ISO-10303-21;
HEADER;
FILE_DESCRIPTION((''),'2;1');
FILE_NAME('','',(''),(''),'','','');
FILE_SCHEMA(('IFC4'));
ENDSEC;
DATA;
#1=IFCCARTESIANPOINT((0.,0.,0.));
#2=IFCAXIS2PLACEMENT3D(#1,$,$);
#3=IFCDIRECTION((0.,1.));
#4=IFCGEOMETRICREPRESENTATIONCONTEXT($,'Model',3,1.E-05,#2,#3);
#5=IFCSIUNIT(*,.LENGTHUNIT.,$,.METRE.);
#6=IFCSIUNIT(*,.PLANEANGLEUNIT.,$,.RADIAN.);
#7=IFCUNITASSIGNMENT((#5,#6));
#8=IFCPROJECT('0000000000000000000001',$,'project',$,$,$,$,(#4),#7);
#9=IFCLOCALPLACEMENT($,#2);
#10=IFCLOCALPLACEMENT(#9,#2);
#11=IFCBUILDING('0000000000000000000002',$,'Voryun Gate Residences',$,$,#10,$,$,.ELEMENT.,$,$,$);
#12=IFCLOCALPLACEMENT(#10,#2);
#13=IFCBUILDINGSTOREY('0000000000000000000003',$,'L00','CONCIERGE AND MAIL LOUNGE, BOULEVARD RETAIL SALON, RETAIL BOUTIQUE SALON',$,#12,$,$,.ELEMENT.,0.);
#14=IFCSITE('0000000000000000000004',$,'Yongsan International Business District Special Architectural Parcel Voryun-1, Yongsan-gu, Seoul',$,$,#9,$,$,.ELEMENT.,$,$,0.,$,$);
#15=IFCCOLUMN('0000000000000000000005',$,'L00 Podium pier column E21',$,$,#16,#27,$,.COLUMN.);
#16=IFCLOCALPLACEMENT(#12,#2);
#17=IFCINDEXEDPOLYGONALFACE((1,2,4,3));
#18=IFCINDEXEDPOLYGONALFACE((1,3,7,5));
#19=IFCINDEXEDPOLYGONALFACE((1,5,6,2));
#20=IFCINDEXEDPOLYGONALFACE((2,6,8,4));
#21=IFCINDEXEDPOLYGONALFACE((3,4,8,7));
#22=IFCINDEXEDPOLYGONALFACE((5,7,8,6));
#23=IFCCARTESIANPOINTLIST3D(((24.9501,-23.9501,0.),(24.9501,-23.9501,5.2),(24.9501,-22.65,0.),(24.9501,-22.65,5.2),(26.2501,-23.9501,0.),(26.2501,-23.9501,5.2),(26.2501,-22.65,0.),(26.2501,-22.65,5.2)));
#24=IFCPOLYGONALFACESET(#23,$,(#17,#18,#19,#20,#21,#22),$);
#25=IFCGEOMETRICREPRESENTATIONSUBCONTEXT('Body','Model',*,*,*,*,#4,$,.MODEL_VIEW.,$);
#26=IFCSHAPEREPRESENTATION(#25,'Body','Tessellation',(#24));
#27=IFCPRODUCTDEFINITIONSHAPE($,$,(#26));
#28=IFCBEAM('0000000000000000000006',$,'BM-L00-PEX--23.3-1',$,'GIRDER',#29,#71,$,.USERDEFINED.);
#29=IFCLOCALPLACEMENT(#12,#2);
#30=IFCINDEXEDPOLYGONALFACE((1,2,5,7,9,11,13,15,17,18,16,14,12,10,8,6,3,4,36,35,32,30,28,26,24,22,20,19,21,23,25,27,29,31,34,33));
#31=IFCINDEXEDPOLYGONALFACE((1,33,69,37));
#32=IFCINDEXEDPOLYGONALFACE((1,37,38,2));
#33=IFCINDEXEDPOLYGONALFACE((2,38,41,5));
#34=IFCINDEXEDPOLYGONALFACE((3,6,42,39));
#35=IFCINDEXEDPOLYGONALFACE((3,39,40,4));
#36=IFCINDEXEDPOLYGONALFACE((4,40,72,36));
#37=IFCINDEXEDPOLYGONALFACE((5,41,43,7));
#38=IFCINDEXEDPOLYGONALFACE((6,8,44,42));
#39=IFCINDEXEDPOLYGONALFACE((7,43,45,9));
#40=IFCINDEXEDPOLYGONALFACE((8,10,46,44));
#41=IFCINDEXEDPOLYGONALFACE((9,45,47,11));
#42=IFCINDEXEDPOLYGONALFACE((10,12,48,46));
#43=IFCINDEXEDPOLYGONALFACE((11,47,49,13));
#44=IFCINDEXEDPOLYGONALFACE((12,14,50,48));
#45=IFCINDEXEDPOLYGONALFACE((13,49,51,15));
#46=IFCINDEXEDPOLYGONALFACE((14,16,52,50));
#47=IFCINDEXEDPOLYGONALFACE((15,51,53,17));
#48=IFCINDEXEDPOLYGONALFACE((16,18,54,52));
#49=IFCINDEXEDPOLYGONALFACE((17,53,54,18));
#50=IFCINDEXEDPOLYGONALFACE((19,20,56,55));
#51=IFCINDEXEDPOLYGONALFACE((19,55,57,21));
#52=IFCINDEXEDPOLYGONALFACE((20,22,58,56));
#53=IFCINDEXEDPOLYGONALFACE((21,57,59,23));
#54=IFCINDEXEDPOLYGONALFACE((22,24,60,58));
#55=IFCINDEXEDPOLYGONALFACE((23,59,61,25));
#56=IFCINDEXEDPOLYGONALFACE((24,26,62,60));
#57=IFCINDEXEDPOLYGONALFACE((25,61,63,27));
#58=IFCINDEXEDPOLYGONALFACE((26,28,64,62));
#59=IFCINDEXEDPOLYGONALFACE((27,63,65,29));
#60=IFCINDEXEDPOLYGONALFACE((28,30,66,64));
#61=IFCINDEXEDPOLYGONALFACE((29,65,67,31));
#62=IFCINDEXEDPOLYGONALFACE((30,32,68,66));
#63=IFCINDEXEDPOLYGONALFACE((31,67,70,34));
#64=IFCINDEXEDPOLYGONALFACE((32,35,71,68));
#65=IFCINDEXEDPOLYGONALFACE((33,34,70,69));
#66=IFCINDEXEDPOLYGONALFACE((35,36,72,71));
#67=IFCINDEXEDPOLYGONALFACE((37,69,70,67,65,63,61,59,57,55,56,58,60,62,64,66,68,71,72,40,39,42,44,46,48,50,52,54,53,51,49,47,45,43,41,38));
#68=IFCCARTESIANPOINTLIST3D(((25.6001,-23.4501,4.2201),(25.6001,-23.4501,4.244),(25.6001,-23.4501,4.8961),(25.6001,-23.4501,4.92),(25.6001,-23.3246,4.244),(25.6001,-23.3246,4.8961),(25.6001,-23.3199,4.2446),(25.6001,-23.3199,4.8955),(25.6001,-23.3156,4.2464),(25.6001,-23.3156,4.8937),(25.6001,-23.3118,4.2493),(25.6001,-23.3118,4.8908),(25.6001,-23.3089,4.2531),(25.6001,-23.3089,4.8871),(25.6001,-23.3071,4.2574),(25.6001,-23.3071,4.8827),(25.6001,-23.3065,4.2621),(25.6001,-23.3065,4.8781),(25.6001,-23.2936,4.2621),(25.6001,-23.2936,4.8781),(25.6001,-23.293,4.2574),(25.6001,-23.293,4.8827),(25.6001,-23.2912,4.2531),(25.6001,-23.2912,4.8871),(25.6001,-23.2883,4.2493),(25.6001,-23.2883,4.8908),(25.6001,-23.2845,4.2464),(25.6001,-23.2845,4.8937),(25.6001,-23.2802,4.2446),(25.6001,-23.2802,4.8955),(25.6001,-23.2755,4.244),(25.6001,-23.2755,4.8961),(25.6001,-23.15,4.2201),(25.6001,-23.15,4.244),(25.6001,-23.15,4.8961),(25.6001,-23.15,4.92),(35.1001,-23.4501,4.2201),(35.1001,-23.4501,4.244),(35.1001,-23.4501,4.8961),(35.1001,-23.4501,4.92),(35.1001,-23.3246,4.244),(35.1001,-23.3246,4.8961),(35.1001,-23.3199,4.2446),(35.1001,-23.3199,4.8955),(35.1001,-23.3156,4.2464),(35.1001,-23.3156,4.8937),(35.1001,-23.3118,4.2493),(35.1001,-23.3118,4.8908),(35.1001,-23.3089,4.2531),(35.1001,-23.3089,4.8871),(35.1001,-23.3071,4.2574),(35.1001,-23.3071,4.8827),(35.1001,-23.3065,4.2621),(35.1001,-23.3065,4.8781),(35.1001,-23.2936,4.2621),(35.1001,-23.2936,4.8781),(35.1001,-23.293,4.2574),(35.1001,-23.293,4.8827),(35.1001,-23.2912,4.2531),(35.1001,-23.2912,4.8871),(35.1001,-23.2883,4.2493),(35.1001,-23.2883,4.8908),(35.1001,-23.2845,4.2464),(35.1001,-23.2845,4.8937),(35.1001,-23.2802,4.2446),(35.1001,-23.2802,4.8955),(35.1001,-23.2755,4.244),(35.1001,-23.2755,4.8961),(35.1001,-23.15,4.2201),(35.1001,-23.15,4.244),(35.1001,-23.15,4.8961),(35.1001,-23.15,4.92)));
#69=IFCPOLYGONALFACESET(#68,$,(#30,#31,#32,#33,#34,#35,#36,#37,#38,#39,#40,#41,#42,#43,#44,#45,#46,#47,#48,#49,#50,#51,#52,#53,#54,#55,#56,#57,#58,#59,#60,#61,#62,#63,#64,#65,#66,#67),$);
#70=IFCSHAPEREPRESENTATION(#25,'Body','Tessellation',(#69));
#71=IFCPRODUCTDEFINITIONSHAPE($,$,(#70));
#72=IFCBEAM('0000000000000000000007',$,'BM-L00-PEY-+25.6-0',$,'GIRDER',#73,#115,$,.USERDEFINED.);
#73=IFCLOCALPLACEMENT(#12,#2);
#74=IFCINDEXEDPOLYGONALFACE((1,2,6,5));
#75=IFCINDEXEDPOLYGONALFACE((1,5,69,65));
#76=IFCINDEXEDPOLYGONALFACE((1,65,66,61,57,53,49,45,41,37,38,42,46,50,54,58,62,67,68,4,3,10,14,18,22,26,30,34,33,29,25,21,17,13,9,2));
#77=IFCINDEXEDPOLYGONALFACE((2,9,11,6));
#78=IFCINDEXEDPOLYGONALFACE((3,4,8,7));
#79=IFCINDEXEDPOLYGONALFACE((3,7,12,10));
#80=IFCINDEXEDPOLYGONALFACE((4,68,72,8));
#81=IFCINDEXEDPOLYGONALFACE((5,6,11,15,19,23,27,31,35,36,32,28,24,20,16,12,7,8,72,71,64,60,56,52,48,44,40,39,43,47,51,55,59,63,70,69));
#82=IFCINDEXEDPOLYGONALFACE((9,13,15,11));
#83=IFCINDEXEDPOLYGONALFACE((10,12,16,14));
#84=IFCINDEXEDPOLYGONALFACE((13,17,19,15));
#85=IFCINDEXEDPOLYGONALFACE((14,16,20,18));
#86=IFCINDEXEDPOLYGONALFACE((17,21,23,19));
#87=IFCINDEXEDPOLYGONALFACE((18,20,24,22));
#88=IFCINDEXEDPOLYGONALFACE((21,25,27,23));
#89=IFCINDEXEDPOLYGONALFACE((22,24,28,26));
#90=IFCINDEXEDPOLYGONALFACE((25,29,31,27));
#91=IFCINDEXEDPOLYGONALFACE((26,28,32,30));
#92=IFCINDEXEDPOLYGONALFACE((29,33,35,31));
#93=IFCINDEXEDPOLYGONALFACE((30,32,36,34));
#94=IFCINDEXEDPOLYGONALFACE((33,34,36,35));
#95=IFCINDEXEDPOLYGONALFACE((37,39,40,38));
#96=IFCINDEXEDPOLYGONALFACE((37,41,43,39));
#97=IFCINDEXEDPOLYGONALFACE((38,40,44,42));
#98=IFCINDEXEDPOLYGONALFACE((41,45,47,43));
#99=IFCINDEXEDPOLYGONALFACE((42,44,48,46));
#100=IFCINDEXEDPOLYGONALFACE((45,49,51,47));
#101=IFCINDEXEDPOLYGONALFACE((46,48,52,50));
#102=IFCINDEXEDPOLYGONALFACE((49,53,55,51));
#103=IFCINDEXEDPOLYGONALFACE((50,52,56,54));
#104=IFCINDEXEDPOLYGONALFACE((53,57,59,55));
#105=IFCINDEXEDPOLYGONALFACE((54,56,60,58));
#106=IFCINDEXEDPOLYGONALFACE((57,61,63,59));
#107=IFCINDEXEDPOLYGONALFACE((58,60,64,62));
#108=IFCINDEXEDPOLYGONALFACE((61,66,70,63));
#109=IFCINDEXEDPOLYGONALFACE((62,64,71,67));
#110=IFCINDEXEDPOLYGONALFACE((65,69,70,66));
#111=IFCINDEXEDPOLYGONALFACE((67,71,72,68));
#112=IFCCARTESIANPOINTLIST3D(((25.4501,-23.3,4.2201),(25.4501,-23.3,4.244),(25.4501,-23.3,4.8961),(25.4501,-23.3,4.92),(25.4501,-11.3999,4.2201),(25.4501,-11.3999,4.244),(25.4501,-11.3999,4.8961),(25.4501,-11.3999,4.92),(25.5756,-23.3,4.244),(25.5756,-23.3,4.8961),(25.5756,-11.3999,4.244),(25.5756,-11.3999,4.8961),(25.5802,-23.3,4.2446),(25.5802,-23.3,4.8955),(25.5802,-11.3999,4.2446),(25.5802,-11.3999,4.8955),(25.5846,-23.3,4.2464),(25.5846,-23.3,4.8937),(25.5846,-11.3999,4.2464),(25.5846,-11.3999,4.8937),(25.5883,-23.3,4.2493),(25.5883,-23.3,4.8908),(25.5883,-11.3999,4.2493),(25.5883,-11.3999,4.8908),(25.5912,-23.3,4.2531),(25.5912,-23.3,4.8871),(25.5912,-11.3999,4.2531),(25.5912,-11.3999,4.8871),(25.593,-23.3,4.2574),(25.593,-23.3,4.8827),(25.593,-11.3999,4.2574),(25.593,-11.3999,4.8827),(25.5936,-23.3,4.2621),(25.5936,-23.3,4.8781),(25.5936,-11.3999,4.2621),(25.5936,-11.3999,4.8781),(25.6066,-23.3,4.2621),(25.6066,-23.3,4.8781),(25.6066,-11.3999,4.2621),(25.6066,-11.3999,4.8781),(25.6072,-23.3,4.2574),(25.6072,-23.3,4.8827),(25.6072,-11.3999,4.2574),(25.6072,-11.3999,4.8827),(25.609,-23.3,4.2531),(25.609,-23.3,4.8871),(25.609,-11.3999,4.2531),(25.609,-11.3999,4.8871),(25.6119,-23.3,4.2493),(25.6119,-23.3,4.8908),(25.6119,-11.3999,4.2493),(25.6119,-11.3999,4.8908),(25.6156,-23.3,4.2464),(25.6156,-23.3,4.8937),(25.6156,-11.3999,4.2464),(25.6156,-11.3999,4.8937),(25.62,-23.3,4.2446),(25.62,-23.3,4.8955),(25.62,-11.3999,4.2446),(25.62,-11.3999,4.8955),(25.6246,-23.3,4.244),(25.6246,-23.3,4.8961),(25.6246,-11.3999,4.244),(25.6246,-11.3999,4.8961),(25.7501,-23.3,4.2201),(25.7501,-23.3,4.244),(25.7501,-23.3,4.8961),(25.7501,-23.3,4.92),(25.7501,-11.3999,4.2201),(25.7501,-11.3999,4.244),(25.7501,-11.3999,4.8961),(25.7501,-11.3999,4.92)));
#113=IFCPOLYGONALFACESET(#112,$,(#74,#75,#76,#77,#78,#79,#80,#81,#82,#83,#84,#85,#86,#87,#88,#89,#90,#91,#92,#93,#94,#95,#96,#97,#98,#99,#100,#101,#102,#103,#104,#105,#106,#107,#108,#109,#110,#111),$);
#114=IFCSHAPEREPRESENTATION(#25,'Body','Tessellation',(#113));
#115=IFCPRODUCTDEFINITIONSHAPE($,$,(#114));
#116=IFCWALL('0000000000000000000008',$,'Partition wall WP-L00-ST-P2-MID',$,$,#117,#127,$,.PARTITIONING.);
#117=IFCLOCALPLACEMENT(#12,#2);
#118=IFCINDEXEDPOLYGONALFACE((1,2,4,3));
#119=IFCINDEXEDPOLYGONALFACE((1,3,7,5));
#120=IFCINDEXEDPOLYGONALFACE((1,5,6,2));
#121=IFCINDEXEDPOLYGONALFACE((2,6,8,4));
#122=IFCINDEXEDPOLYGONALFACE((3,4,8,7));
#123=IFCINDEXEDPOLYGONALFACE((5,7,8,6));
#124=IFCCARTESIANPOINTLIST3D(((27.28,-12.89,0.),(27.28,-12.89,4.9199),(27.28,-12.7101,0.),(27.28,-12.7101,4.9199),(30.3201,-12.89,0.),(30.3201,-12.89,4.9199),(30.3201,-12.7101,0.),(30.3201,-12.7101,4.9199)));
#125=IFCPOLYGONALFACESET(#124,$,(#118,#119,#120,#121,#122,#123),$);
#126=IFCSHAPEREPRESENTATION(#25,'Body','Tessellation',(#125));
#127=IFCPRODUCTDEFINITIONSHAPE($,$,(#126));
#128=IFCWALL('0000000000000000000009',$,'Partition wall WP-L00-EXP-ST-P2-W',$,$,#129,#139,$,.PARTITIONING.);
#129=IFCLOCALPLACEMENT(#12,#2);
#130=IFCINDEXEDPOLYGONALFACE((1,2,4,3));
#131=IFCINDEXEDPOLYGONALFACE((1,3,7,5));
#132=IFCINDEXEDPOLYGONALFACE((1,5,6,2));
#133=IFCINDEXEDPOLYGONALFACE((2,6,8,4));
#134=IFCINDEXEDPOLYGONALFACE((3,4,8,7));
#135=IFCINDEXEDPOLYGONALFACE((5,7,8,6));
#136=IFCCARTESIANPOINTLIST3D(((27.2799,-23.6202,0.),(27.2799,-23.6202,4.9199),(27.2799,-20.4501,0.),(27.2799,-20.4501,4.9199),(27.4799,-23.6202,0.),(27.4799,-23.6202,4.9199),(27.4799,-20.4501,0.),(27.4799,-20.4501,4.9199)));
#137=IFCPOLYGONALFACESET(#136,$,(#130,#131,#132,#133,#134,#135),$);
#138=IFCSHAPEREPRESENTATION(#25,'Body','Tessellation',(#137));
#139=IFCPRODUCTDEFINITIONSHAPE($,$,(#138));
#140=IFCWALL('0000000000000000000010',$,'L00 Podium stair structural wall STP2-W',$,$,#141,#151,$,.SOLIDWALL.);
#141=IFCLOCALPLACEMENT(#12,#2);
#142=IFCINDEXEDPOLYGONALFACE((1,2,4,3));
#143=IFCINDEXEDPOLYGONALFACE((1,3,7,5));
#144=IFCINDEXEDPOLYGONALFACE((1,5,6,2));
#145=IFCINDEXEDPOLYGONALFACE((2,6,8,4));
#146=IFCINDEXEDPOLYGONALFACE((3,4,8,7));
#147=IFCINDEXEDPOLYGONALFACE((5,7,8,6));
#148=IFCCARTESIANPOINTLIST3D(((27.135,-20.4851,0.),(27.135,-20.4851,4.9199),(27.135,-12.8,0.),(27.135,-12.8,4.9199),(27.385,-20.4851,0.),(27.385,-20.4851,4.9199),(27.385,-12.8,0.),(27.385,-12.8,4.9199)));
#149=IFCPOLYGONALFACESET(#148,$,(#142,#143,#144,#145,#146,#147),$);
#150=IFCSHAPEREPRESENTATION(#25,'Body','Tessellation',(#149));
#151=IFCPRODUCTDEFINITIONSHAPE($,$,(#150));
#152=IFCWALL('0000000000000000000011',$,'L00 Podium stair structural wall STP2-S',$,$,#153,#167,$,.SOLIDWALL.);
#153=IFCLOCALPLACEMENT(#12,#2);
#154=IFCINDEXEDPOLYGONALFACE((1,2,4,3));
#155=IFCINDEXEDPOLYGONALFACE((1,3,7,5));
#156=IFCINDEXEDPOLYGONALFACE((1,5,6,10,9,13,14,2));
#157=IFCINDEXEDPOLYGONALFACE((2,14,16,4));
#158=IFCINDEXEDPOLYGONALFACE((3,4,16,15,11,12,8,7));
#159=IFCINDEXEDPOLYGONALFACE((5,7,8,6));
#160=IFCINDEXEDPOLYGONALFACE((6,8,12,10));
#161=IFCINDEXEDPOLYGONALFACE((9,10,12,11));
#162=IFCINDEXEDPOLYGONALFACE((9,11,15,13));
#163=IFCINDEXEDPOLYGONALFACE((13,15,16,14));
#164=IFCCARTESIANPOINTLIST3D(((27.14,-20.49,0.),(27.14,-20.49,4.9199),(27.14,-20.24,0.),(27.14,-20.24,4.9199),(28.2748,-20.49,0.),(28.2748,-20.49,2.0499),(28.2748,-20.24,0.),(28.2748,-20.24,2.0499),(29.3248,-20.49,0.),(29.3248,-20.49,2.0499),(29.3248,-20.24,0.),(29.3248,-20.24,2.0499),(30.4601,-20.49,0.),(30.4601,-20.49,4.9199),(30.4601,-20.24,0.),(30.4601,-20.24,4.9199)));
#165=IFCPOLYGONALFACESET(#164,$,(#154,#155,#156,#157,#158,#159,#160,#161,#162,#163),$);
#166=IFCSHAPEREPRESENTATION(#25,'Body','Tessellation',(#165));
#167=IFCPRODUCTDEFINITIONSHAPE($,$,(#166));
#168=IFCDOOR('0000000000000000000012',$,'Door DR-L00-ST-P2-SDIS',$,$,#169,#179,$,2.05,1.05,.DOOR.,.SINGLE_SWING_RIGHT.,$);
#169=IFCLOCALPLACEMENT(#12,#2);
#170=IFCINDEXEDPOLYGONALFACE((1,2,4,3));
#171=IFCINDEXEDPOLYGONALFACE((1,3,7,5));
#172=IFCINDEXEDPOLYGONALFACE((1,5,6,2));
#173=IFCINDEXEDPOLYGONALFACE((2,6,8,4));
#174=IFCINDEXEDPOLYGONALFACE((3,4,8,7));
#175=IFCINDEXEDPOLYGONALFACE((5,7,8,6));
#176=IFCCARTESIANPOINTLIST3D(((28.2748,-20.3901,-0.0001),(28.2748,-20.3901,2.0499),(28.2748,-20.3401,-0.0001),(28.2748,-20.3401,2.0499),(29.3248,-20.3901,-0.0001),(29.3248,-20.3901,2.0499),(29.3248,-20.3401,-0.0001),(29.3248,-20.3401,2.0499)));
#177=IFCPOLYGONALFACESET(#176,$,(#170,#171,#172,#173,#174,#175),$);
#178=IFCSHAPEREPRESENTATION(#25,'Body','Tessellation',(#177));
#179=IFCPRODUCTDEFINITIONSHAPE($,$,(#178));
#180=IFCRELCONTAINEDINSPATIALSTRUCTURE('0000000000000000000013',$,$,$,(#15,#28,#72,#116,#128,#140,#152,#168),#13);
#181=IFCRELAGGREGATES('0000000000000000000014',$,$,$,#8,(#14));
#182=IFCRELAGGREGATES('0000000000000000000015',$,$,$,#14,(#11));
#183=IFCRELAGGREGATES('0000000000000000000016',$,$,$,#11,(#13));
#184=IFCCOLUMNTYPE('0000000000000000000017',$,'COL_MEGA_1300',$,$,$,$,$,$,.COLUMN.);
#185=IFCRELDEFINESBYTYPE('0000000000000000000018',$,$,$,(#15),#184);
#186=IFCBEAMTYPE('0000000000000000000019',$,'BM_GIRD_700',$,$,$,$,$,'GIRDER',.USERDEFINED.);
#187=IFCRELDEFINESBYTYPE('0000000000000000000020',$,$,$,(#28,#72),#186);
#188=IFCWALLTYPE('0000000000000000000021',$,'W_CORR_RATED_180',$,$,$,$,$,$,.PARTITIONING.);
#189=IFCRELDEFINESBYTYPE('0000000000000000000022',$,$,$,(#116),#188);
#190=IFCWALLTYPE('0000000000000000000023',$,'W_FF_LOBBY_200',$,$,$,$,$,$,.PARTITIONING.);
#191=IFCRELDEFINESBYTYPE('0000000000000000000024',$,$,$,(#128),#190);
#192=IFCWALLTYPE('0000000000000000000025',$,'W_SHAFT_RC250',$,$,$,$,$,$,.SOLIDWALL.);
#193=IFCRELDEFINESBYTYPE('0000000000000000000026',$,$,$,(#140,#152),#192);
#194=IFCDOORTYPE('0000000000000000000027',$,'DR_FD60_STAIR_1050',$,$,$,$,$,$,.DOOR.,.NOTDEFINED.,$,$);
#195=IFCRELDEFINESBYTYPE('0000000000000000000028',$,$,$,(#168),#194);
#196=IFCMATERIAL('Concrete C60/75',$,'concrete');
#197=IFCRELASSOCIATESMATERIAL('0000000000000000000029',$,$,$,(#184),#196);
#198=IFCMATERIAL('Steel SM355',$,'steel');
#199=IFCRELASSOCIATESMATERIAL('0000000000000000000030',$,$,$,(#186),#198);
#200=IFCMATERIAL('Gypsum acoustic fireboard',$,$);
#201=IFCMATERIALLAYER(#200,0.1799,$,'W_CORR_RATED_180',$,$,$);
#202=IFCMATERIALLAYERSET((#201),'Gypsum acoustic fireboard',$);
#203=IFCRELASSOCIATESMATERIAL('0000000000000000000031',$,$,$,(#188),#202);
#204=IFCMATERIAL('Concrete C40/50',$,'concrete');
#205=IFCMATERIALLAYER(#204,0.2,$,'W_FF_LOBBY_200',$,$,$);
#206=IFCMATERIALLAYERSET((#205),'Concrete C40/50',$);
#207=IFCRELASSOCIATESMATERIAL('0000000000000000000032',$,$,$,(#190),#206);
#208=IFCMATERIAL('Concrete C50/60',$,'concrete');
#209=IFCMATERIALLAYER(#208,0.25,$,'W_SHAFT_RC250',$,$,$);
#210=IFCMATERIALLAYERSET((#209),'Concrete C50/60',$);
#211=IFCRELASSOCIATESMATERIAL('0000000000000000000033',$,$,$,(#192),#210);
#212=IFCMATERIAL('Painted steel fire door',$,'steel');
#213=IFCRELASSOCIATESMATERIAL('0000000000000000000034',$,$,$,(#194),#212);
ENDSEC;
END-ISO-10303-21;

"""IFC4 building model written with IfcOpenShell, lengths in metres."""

from ifc_helpers import new_model, si_unit, direction, frame, frame_2d, origin, origin_2d, place, context, subcontext, project, spatial, rectangle, i_section, extrude, material, layer, layer_set, material_profile, profile_set, type_object, element, fill, save


model = new_model("IFC4")

# Units and contexts
model_context = context("Model", 3, precision=1e-05, world=origin(), true_north=direction((0.0, 1.0)))
body_context = subcontext(model_context, "Body", "Model", "MODEL_VIEW")
ifc_project = project(units=[si_unit("LENGTHUNIT", "METRE"), si_unit("PLANEANGLEUNIT", "RADIAN")], contexts=[model_context])

# Site, building, storey
site_placement = place(None, origin())
site = spatial("IfcSite", under=ifc_project, at=site_placement, Name="Yongsan International Business District Special Architectural Parcel Voryun-1, Yongsan-gu, Seoul", CompositionType="ELEMENT", RefElevation=0.0)
building_placement = place(site_placement, origin())
building = spatial("IfcBuilding", under=site, at=building_placement, Name="Voryun Gate Residences", CompositionType="ELEMENT")
storey_placement = place(building_placement, origin())
storey = spatial("IfcBuildingStorey", under=building, at=storey_placement, Name="L00", Description="CONCIERGE AND MAIL LOUNGE, BOULEVARD RETAIL SALON, RETAIL BOUTIQUE SALON", CompositionType="ELEMENT", Elevation=0.0)

# Column
ifc_material_1 = material(Name="Concrete C60/75", Category="concrete")
ifc_material_profile_1 = material_profile(ifc_material_1, rectangle(XDim=1.3, YDim=1.3, at=origin_2d()), Name="RC-1300x1300")
ifc_profile_set_1 = profile_set([ifc_material_profile_1], Name="Concrete C60/75")
column_type = type_object("IfcColumnType", Name="COL_MEGA_1300", PredefinedType="COLUMN", material=ifc_profile_set_1)
column_placement = place(storey_placement, frame((25.6001, -23.3, 0.0), z_axis=(0.0, 0.0, 1.0), x_axis=(1.0, 0.0, 0.0)))
element("IfcColumn", 1, at=column_placement, inside=storey, type_object=column_type, Name="L00 Podium pier column E21", PredefinedType="COLUMN", context=body_context, shape_type="SweptSolid", body=[
    extrude(rectangle(XDim=1.3, YDim=1.3, at=origin_2d()), origin(), (0.0, 0.0, 1.0), 5.2),
])

# Beams
ifc_material_2 = material(Name="Steel SM355", Category="steel")
ifc_material_profile_2 = material_profile(ifc_material_2, i_section(OverallWidth=0.3, OverallDepth=0.7, WebThickness=0.0129, FlangeThickness=0.0239, FilletRadius=0.0181, at=origin_2d()), Name="H-700x300x13x24")
ifc_profile_set_2 = profile_set([ifc_material_profile_2], Name="Steel SM355")
beam_type = type_object("IfcBeamType", Name="BM_GIRD_700", ElementType="GIRDER", PredefinedType="USERDEFINED", material=ifc_profile_set_2)
beam_1_placement = place(storey_placement, frame((25.6001, -23.3, 4.5701), z_axis=(1.0, 0.0, 0.0), x_axis=(0.0, 1.0, 0.0)))
element("IfcBeam", 2, at=beam_1_placement, inside=storey, type_object=beam_type, Name="BM-L00-PEX--23.3-1", ObjectType="GIRDER", PredefinedType="USERDEFINED", context=body_context, shape_type="SweptSolid", body=[
    extrude(i_section(OverallWidth=0.3, OverallDepth=0.7, WebThickness=0.0129, FlangeThickness=0.0239, FilletRadius=0.0181, at=origin_2d()), origin(), (0.0, 0.0, 1.0), 9.5),
])
beam_2_placement = place(storey_placement, frame((25.6001, -23.3, 4.5701), z_axis=(0.0, 1.0, 0.0), x_axis=(-1.0, 0.0, 0.0)))
element("IfcBeam", 3, at=beam_2_placement, inside=storey, type_object=beam_type, Name="BM-L00-PEY-+25.6-0", ObjectType="GIRDER", PredefinedType="USERDEFINED", context=body_context, shape_type="SweptSolid", body=[
    extrude(i_section(OverallWidth=0.3, OverallDepth=0.7, WebThickness=0.0129, FlangeThickness=0.0239, FilletRadius=0.0181, at=origin_2d()), origin(), (0.0, 0.0, 1.0), 11.9001),
])

# Walls
ifc_material_3 = material(Name="Gypsum acoustic fireboard")
ifc_layer_1 = layer(ifc_material_3, 0.1799, Name="W_CORR_RATED_180")
ifc_layer_set_1 = layer_set([ifc_layer_1], Name="Gypsum acoustic fireboard")
wall_type_1 = type_object("IfcWallType", Name="W_CORR_RATED_180", PredefinedType="PARTITIONING", material=ifc_layer_set_1)
wall_1_placement = place(storey_placement, frame((27.28, -12.8, 0.0), z_axis=(0.0, 0.0, 1.0), x_axis=(1.0, 0.0, 0.0)))
element("IfcWall", 4, at=wall_1_placement, inside=storey, type_object=wall_type_1, Name="Partition wall WP-L00-ST-P2-MID", PredefinedType="PARTITIONING", context=body_context, shape_type="SweptSolid", body=[
    extrude(rectangle(XDim=3.04, YDim=0.1799, at=frame_2d((1.52, 0.0))), origin(), (0.0, 0.0, 1.0), 4.9199),
])
ifc_material_4 = material(Name="Concrete C40/50", Category="concrete")
ifc_layer_2 = layer(ifc_material_4, 0.2, Name="W_FF_LOBBY_200")
ifc_layer_set_2 = layer_set([ifc_layer_2], Name="Concrete C40/50")
wall_type_2 = type_object("IfcWallType", Name="W_FF_LOBBY_200", PredefinedType="PARTITIONING", material=ifc_layer_set_2)
wall_2_placement = place(storey_placement, frame((27.3799, -23.6201, 0.0), z_axis=(0.0, 0.0, 1.0), x_axis=(0.0, 1.0, 0.0)))
element("IfcWall", 5, at=wall_2_placement, inside=storey, type_object=wall_type_2, Name="Partition wall WP-L00-EXP-ST-P2-W", PredefinedType="PARTITIONING", context=body_context, shape_type="SweptSolid", body=[
    extrude(rectangle(XDim=3.1702, YDim=0.2, at=frame_2d((1.585, 0.0))), origin(), (0.0, 0.0, 1.0), 4.9199),
])
ifc_material_5 = material(Name="Concrete C50/60", Category="concrete")
ifc_layer_3 = layer(ifc_material_5, 0.25, Name="W_SHAFT_RC250")
ifc_layer_set_3 = layer_set([ifc_layer_3], Name="Concrete C50/60")
wall_type_3 = type_object("IfcWallType", Name="W_SHAFT_RC250", PredefinedType="SOLIDWALL", material=ifc_layer_set_3)
wall_3_placement = place(storey_placement, frame((27.26, -20.4851, 0.0), z_axis=(0.0, 0.0, 1.0), x_axis=(0.0, 1.0, 0.0)))
element("IfcWall", 6, at=wall_3_placement, inside=storey, type_object=wall_type_3, Name="L00 Podium stair structural wall STP2-W", PredefinedType="SOLIDWALL", context=body_context, shape_type="SweptSolid", body=[
    extrude(rectangle(XDim=7.6851, YDim=0.25, at=frame_2d((3.8425, 0.0))), origin(), (0.0, 0.0, 1.0), 4.9199),
])

# Wall, opening, door
wall_4_placement = place(storey_placement, frame((27.1399, -20.365, 0.0), z_axis=(0.0, 0.0, 1.0), x_axis=(1.0, 0.0, 0.0)))
wall_4 = element("IfcWall", 7, at=wall_4_placement, inside=storey, type_object=wall_type_3, Name="L00 Podium stair structural wall STP2-S", PredefinedType="SOLIDWALL", context=body_context, shape_type="SweptSolid", body=[
    extrude(rectangle(XDim=3.3201, YDim=0.25, at=frame_2d((1.6602, 0.0))), origin(), (0.0, 0.0, 1.0), 4.9199),
])
opening_1_placement = place(wall_4_placement, frame((1.135, 0.0, 0.0)))
opening_1 = element("IfcOpeningElement", 8, at=opening_1_placement, cuts=wall_4, PredefinedType="OPENING", context=body_context, shape_type="SweptSolid", body=[
    extrude(rectangle(XDim=1.05, YDim=2.05, at=frame_2d((0.5249, 1.0249))), frame((0.0, 0.135, 0.0), z_axis=(0.0, -1.0, 0.0), x_axis=(1.0, 0.0, 0.0)), (0.0, 0.0, 1.0), 0.27),
])
ifc_material_6 = material(Name="Painted steel fire door", Category="steel")
door_type_1 = type_object("IfcDoorType", Name="DR_FD60_STAIR_1050", OperationType="NOTDEFINED", PredefinedType="DOOR", material=ifc_material_6)
door_1_placement = place(opening_1_placement, origin())
door_1 = element("IfcDoor", 9, at=door_1_placement, inside=storey, type_object=door_type_1, Name="Door DR-L00-ST-P2-SDIS", OperationType="SINGLE_SWING_RIGHT", OverallHeight=2.05, OverallWidth=1.05, PredefinedType="DOOR", context=body_context, shape_type="SweptSolid", body=[
    extrude(rectangle(XDim=1.05, YDim=2.05, at=frame_2d((0.5249, 1.0249))), frame((0.0, 0.0249, 0.0), z_axis=(0.0, -1.0, 0.0), x_axis=(1.0, 0.0, 0.0)), (0.0, 0.0, 1.0), 0.05),
])
fill(opening_1, door_1)

save(model, "model.ifc")
